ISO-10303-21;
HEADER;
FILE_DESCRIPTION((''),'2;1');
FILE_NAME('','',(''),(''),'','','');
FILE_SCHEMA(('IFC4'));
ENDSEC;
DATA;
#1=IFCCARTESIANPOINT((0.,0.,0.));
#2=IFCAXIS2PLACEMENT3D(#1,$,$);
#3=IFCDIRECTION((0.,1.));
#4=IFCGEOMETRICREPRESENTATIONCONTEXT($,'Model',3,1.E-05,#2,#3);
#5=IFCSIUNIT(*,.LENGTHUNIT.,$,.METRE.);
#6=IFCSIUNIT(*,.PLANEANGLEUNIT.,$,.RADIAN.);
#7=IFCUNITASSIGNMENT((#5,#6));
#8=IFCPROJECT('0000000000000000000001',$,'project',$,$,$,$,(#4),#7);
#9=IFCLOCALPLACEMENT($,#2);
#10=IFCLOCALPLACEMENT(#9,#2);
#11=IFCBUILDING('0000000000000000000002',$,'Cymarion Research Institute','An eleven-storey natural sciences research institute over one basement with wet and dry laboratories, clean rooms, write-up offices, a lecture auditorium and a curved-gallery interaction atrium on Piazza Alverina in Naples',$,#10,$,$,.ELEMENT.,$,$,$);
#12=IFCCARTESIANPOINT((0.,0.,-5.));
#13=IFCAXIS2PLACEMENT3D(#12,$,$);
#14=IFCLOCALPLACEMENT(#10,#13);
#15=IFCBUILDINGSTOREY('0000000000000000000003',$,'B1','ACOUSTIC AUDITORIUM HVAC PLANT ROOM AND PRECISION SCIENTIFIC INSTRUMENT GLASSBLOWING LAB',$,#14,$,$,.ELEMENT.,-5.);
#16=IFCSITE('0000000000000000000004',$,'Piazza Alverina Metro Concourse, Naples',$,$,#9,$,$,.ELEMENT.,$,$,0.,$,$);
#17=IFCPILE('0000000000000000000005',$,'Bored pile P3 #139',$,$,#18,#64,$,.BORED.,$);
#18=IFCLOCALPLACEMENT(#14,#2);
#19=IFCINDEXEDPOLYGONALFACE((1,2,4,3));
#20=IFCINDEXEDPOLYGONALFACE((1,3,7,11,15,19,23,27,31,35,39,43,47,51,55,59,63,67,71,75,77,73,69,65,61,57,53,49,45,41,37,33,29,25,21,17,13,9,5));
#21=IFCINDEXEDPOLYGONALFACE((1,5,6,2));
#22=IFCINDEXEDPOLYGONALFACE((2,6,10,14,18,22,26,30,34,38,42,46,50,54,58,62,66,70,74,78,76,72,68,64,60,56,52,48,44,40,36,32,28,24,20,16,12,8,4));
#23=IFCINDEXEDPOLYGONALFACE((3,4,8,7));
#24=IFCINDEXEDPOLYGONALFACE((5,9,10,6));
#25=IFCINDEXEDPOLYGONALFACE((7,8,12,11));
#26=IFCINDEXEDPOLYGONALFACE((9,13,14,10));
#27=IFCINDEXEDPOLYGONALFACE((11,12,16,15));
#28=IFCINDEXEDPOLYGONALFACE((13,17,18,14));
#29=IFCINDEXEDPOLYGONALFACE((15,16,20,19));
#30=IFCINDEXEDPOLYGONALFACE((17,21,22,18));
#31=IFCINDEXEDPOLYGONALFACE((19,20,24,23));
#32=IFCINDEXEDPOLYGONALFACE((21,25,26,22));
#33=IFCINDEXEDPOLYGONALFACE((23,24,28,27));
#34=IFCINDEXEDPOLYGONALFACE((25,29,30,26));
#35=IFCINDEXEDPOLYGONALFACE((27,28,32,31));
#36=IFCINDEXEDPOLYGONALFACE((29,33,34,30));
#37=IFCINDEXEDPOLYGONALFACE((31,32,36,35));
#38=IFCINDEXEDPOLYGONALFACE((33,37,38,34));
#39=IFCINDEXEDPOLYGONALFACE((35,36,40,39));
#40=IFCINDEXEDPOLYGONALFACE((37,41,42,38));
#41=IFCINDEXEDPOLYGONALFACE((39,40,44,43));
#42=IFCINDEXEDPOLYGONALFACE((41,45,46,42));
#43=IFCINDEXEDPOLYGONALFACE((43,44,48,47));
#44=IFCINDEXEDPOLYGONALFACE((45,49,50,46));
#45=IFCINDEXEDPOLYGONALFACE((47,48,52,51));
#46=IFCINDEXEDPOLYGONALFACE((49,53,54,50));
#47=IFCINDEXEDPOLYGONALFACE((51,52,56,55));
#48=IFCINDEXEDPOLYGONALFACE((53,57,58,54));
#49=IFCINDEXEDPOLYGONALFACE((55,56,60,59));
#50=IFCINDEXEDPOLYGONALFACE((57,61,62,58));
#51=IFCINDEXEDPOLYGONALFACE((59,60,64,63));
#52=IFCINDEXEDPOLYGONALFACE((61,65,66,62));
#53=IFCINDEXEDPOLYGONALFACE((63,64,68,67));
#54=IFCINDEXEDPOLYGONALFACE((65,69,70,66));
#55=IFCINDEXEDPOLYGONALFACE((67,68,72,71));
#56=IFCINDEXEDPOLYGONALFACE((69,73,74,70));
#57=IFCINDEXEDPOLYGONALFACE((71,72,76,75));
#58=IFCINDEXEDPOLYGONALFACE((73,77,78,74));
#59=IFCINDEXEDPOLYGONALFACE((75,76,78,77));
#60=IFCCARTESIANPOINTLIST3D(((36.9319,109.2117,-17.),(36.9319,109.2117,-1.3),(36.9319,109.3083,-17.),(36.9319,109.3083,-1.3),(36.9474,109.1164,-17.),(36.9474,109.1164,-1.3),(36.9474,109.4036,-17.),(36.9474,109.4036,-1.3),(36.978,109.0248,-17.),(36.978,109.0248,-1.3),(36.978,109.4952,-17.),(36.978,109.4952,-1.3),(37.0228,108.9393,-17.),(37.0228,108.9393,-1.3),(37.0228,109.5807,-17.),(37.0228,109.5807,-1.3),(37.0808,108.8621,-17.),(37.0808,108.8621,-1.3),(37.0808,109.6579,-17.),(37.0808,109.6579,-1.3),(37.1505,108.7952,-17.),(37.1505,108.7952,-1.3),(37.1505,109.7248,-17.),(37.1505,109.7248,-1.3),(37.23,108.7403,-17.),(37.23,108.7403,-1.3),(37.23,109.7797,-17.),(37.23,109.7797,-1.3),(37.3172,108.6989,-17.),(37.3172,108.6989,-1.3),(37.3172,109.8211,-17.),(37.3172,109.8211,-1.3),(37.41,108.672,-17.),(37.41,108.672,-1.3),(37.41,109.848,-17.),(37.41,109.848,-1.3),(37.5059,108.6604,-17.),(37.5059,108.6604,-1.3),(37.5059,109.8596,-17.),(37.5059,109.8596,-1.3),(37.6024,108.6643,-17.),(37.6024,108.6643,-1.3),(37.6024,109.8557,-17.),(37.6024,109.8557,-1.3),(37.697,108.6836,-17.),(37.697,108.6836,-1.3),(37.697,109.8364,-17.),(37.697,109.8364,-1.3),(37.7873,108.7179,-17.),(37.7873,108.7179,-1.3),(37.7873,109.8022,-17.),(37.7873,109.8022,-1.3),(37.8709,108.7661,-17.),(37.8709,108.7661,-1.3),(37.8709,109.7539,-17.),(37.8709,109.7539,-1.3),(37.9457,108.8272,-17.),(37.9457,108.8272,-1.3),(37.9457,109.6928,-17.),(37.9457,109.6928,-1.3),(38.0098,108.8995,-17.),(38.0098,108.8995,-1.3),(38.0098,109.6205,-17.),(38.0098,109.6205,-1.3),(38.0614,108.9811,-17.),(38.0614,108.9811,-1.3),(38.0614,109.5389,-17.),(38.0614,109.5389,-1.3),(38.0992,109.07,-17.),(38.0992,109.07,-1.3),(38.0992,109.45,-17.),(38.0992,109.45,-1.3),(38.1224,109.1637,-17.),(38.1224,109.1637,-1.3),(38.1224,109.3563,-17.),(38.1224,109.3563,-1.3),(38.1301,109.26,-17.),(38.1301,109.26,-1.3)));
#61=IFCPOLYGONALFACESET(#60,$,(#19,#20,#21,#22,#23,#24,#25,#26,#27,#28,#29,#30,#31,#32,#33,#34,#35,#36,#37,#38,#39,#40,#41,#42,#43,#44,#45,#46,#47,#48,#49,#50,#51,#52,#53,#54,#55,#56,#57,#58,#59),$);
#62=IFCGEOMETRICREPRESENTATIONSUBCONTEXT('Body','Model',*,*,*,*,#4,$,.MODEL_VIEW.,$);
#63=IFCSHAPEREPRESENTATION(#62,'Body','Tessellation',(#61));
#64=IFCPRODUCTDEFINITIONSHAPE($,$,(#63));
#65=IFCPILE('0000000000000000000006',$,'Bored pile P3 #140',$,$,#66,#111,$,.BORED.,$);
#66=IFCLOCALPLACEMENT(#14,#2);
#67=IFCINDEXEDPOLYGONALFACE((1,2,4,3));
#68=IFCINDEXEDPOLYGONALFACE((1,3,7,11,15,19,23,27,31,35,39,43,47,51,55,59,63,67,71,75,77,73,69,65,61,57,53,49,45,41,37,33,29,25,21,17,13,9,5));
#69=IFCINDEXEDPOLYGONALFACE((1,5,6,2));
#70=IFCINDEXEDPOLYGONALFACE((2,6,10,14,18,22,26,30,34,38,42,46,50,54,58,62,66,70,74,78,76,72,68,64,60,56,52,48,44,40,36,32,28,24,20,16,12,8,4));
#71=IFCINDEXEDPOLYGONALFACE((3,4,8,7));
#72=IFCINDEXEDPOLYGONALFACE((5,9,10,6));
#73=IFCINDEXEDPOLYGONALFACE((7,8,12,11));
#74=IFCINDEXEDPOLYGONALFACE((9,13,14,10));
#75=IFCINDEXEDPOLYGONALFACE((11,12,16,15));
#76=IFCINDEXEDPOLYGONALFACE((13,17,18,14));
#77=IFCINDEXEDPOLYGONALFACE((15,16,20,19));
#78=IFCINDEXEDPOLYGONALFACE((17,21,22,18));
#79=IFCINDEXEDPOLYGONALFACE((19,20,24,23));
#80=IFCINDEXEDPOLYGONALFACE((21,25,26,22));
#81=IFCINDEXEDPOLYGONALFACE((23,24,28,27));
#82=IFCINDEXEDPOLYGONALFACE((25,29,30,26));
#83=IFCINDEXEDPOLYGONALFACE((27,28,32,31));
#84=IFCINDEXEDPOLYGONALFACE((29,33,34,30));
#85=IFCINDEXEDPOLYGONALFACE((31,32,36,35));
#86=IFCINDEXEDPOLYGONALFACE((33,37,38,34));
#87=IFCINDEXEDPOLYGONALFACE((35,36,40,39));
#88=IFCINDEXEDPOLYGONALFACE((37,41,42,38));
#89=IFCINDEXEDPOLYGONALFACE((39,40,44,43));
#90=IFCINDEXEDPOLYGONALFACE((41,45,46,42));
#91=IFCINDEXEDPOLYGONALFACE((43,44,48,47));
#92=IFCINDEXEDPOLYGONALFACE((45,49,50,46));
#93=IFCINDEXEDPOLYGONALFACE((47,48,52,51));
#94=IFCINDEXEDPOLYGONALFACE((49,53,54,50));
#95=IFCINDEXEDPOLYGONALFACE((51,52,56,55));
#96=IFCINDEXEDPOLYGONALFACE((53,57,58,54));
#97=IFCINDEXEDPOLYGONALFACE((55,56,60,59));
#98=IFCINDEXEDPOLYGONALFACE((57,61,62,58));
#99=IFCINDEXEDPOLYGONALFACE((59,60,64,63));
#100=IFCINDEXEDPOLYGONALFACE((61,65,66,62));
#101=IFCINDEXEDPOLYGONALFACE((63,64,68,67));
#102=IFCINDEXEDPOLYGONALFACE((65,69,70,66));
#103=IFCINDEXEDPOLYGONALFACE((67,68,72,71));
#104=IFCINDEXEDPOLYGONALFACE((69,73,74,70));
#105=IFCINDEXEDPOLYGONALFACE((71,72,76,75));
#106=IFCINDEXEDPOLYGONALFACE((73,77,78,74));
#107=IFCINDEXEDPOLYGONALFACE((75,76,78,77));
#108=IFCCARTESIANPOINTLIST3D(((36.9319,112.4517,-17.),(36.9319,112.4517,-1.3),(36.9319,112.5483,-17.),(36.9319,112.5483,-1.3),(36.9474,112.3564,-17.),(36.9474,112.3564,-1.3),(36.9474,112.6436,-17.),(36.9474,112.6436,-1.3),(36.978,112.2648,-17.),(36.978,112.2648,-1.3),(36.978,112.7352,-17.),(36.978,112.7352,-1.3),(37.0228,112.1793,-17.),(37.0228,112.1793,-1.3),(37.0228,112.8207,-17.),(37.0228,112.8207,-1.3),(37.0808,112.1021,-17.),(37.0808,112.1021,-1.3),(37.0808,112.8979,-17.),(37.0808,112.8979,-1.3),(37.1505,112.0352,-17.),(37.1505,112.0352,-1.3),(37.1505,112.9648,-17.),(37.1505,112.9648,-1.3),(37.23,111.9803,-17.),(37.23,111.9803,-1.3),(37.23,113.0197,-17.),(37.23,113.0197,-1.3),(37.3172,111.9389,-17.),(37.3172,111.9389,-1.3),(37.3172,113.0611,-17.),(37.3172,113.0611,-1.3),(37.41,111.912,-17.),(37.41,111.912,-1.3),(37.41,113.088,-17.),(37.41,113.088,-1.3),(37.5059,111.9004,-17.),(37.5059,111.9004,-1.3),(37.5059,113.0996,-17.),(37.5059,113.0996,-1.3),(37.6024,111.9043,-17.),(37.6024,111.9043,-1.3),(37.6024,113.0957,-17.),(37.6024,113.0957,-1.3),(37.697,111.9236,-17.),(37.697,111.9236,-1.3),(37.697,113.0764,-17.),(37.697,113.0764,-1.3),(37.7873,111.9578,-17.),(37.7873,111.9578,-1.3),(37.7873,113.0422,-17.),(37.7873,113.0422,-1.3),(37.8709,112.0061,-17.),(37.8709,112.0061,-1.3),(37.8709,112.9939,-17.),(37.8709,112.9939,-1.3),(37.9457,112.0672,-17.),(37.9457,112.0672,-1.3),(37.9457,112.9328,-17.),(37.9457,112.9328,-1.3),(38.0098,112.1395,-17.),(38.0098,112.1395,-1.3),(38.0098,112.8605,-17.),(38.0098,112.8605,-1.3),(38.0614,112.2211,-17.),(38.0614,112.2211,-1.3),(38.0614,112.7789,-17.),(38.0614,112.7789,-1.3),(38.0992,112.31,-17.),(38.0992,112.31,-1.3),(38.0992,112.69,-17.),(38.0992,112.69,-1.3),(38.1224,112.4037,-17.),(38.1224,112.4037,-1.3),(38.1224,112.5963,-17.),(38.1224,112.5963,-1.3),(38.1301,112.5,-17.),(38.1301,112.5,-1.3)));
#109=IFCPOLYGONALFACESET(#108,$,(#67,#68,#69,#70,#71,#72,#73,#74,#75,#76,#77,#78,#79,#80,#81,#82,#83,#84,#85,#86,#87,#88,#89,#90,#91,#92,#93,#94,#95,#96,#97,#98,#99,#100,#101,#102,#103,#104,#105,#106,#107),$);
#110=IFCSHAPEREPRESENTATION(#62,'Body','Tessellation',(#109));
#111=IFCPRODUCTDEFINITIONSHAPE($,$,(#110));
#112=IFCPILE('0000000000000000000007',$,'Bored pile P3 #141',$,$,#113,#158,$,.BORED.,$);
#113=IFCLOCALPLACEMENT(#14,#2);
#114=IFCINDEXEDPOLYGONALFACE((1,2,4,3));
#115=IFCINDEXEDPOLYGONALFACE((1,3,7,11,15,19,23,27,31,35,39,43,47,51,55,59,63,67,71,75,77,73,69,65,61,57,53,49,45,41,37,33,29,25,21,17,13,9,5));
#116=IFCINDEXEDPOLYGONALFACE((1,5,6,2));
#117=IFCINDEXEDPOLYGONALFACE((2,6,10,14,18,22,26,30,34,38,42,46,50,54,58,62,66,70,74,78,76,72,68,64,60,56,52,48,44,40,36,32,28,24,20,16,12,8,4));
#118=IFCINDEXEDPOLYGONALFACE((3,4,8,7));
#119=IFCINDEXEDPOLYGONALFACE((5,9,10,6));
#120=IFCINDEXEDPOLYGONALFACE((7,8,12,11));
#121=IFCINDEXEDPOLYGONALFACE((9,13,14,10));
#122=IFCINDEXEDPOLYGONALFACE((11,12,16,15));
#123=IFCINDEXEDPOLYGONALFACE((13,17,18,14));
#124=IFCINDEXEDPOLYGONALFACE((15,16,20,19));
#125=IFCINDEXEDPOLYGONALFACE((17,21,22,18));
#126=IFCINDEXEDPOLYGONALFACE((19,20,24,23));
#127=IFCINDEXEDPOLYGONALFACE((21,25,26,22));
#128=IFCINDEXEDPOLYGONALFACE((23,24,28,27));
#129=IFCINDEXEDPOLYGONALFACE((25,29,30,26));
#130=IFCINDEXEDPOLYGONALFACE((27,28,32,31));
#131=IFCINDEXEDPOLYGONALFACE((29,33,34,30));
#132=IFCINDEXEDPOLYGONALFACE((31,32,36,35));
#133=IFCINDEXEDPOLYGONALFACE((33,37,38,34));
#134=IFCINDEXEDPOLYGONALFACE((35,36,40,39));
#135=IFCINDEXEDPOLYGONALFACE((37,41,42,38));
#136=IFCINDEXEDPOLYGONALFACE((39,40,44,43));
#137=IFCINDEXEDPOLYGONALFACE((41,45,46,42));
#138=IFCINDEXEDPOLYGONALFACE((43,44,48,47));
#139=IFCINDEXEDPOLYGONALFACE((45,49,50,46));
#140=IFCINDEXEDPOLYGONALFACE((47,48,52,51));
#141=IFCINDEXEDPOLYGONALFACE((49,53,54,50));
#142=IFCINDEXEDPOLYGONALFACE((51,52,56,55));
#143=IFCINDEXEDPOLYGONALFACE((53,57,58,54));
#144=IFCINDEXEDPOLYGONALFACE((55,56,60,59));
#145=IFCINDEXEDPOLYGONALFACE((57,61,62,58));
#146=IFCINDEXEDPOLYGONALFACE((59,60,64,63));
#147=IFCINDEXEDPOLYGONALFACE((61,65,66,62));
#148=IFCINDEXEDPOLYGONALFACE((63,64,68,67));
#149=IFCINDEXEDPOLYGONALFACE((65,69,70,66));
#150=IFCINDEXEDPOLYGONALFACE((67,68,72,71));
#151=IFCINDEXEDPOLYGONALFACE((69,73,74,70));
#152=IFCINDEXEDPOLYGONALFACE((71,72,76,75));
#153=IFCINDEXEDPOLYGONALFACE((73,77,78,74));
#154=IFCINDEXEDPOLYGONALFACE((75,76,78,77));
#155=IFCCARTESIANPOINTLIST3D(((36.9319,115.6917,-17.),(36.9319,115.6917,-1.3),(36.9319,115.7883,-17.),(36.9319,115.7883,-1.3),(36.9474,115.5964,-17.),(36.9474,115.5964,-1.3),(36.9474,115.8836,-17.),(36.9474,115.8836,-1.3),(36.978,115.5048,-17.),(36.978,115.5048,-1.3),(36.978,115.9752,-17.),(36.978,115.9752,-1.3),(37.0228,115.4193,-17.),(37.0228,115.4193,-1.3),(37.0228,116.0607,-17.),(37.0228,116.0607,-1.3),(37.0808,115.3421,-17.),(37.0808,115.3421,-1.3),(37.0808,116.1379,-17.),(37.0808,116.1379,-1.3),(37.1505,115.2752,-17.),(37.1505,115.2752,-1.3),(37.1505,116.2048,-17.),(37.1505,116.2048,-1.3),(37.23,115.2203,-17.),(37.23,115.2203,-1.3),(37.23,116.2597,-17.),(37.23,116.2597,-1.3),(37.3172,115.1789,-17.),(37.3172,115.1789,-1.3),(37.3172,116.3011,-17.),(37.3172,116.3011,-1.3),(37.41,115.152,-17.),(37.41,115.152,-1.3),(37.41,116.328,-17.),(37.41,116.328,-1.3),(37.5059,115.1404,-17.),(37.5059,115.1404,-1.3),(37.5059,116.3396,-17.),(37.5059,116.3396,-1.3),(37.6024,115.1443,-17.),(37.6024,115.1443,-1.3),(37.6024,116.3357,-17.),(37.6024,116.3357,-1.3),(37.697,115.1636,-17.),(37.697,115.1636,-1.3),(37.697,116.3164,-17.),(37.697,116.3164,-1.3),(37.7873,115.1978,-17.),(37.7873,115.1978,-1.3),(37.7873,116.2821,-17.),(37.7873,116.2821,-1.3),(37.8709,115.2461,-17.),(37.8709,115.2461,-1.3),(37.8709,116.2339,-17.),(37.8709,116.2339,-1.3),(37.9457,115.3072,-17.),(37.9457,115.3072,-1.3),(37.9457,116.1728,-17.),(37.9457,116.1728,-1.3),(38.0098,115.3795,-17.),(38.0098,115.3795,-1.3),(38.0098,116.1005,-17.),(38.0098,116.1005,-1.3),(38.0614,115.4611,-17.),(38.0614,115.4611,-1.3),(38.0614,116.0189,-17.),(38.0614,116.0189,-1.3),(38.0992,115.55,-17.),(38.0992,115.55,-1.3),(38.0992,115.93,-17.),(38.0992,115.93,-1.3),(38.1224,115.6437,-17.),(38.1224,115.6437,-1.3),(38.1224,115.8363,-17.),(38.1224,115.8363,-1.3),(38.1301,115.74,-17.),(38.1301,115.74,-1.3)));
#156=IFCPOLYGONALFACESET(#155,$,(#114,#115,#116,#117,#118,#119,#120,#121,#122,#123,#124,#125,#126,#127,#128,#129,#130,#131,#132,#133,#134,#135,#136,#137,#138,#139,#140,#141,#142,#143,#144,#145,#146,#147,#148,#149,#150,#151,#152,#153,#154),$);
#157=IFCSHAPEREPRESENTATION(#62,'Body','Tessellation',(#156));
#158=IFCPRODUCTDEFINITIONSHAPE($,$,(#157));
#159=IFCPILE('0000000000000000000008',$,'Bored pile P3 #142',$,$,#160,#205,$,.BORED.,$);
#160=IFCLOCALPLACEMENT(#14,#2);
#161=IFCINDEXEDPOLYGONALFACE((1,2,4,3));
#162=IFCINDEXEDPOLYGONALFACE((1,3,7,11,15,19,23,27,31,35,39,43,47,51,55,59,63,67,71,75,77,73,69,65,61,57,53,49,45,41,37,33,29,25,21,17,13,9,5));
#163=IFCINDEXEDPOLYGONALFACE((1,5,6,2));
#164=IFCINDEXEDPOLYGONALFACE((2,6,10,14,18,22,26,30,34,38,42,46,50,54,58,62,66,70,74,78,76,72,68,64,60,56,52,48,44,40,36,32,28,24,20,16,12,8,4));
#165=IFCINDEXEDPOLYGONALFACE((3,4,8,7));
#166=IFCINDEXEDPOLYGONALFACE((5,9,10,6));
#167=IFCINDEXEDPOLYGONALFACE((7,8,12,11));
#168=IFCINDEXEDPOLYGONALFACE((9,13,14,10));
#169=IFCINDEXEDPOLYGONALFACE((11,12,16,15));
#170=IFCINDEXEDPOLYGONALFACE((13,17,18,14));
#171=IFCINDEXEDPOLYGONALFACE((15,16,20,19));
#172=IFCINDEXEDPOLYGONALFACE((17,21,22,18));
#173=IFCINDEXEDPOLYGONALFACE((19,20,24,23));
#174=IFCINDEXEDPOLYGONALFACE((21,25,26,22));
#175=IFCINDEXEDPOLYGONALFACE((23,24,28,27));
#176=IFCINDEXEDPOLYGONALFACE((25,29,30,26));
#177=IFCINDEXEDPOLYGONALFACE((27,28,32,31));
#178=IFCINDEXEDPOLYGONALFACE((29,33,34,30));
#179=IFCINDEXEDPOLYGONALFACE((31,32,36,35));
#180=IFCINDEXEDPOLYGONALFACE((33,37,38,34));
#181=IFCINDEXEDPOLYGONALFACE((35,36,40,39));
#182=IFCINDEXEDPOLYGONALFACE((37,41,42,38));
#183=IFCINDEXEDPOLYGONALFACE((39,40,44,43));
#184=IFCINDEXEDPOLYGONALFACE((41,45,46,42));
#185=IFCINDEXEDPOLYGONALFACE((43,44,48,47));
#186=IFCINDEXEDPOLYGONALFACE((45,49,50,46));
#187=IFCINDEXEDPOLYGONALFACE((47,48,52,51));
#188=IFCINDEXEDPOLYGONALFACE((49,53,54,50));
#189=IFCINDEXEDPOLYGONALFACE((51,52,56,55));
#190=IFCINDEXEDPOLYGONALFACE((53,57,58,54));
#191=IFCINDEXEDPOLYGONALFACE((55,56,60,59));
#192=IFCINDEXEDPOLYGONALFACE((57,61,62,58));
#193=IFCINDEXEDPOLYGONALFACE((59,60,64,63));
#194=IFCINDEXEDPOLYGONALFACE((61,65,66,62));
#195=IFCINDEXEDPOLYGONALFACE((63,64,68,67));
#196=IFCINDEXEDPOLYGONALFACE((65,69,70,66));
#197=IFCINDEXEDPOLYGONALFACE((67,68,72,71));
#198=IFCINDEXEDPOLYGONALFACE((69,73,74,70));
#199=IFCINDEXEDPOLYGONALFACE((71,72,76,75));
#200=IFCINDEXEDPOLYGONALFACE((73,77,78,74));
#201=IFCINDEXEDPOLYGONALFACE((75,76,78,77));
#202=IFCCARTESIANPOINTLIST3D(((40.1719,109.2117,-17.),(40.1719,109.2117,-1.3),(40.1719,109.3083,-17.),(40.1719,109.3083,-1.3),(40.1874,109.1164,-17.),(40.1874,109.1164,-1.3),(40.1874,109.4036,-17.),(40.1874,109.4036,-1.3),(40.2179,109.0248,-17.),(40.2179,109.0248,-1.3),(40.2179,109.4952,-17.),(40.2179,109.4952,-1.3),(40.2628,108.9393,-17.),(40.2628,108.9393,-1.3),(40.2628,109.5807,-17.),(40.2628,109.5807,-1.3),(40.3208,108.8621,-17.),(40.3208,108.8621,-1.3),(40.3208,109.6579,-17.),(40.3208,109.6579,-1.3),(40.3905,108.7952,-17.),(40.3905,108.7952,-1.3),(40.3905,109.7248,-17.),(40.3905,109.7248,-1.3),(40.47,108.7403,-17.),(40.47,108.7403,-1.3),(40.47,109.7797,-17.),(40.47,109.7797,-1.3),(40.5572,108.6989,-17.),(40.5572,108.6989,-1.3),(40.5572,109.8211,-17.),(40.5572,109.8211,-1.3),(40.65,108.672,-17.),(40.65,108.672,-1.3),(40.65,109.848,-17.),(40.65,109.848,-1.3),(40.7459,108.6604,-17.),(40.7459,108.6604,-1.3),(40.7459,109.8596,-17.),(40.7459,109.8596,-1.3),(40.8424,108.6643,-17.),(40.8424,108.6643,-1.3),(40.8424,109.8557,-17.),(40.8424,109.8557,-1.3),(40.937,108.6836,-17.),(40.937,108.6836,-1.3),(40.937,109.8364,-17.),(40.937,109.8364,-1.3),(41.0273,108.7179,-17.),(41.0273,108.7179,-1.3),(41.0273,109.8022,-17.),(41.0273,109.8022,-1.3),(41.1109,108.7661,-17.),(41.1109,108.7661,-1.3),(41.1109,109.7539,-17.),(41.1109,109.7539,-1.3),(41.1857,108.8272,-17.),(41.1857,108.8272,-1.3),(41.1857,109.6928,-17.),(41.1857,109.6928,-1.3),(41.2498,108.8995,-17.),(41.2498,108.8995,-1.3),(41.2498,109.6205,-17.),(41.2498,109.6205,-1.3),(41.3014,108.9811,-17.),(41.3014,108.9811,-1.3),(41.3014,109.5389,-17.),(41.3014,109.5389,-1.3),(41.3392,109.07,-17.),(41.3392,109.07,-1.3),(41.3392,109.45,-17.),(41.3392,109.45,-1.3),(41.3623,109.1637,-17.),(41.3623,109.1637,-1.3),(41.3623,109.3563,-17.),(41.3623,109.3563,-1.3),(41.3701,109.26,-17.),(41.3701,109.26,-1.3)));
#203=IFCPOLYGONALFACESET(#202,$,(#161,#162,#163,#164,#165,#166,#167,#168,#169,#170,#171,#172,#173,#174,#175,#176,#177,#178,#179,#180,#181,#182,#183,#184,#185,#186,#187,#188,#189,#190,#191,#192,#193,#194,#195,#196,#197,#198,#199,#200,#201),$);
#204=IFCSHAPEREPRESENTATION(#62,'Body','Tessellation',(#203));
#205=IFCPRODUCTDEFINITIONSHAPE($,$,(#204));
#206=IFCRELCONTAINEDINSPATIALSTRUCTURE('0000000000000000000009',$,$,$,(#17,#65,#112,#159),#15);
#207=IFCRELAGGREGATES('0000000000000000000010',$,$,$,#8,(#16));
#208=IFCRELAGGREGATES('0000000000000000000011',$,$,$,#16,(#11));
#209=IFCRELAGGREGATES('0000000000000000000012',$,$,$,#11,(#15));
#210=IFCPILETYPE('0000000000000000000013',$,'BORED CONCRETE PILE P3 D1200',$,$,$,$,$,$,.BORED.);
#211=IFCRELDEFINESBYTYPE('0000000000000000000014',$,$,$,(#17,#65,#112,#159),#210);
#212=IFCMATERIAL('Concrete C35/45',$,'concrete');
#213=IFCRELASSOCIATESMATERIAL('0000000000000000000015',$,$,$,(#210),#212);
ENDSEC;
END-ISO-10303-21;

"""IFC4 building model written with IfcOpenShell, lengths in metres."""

from ifc_helpers import new_model, si_unit, direction, frame, origin, origin_2d, place, context, subcontext, project, spatial, circle, extrude, material, material_profile, profile_set, type_object, element, save


model = new_model("IFC4")

# Units and contexts
model_context = context("Model", 3, precision=1e-05, world=origin(), true_north=direction((0.0, 1.0)))
body_context = subcontext(model_context, "Body", "Model", "MODEL_VIEW")
ifc_project = project(units=[si_unit("LENGTHUNIT", "METRE"), si_unit("PLANEANGLEUNIT", "RADIAN")], contexts=[model_context])

# Site, building, storey
site_placement = place(None, origin())
site = spatial("IfcSite", under=ifc_project, at=site_placement, Name="Piazza Alverina Metro Concourse, Naples", CompositionType="ELEMENT", RefElevation=0.0)
building_placement = place(site_placement, origin())
building = spatial("IfcBuilding", under=site, at=building_placement, Name="Cymarion Research Institute", Description="An eleven-storey natural sciences research institute over one basement with wet and dry laboratories, clean rooms, write-up offices, a lecture auditorium and a curved-gallery interaction atrium on Piazza Alverina in Naples", CompositionType="ELEMENT")
storey_placement = place(building_placement, frame((0.0, 0.0, -5.0)))
storey = spatial("IfcBuildingStorey", under=building, at=storey_placement, Name="B1", Description="ACOUSTIC AUDITORIUM HVAC PLANT ROOM AND PRECISION SCIENTIFIC INSTRUMENT GLASSBLOWING LAB", CompositionType="ELEMENT", Elevation=-5.0)

# Piles
ifc_material_1 = material(Name="Concrete C35/45", Category="concrete")
ifc_material_profile_1 = material_profile(ifc_material_1, circle(Radius=0.6001, at=origin_2d()), Name="BORED PILE D1200")
ifc_profile_set_1 = profile_set([ifc_material_profile_1], Name="Concrete C35/45")
pile_type_1 = type_object("IfcPileType", Name="BORED CONCRETE PILE P3 D1200", PredefinedType="BORED", material=ifc_profile_set_1)
for number, where, z_axis, x_axis, name in (
    (1, (37.53, 109.26, -1.3), (0.0, 0.0, -1.0), (1.0, 0.0, 0.0), "Bored pile P3 #139"),
    (2, (37.53, 112.5, -1.3), (0.0, 0.0, -1.0), (1.0, 0.0, 0.0), "Bored pile P3 #140"),
    (3, (37.53, 115.74, -1.3), (0.0, 0.0, -1.0), (1.0, 0.0, 0.0), "Bored pile P3 #141"),
    (4, (40.77, 109.26, -1.3), (0.0, 0.0, -1.0), (1.0, 0.0, 0.0), "Bored pile P3 #142"),
):
    element("IfcPile", number, at=place(storey_placement, frame(where, z_axis=z_axis, x_axis=x_axis)), inside=storey, type_object=pile_type_1, Name=name, PredefinedType="BORED", context=body_context, shape_type="SweptSolid", body=[
        extrude(circle(Radius=0.6001, at=origin_2d()), origin(), (0.0, 0.0, 1.0), 15.7),
    ])

save(model, "model.ifc")
